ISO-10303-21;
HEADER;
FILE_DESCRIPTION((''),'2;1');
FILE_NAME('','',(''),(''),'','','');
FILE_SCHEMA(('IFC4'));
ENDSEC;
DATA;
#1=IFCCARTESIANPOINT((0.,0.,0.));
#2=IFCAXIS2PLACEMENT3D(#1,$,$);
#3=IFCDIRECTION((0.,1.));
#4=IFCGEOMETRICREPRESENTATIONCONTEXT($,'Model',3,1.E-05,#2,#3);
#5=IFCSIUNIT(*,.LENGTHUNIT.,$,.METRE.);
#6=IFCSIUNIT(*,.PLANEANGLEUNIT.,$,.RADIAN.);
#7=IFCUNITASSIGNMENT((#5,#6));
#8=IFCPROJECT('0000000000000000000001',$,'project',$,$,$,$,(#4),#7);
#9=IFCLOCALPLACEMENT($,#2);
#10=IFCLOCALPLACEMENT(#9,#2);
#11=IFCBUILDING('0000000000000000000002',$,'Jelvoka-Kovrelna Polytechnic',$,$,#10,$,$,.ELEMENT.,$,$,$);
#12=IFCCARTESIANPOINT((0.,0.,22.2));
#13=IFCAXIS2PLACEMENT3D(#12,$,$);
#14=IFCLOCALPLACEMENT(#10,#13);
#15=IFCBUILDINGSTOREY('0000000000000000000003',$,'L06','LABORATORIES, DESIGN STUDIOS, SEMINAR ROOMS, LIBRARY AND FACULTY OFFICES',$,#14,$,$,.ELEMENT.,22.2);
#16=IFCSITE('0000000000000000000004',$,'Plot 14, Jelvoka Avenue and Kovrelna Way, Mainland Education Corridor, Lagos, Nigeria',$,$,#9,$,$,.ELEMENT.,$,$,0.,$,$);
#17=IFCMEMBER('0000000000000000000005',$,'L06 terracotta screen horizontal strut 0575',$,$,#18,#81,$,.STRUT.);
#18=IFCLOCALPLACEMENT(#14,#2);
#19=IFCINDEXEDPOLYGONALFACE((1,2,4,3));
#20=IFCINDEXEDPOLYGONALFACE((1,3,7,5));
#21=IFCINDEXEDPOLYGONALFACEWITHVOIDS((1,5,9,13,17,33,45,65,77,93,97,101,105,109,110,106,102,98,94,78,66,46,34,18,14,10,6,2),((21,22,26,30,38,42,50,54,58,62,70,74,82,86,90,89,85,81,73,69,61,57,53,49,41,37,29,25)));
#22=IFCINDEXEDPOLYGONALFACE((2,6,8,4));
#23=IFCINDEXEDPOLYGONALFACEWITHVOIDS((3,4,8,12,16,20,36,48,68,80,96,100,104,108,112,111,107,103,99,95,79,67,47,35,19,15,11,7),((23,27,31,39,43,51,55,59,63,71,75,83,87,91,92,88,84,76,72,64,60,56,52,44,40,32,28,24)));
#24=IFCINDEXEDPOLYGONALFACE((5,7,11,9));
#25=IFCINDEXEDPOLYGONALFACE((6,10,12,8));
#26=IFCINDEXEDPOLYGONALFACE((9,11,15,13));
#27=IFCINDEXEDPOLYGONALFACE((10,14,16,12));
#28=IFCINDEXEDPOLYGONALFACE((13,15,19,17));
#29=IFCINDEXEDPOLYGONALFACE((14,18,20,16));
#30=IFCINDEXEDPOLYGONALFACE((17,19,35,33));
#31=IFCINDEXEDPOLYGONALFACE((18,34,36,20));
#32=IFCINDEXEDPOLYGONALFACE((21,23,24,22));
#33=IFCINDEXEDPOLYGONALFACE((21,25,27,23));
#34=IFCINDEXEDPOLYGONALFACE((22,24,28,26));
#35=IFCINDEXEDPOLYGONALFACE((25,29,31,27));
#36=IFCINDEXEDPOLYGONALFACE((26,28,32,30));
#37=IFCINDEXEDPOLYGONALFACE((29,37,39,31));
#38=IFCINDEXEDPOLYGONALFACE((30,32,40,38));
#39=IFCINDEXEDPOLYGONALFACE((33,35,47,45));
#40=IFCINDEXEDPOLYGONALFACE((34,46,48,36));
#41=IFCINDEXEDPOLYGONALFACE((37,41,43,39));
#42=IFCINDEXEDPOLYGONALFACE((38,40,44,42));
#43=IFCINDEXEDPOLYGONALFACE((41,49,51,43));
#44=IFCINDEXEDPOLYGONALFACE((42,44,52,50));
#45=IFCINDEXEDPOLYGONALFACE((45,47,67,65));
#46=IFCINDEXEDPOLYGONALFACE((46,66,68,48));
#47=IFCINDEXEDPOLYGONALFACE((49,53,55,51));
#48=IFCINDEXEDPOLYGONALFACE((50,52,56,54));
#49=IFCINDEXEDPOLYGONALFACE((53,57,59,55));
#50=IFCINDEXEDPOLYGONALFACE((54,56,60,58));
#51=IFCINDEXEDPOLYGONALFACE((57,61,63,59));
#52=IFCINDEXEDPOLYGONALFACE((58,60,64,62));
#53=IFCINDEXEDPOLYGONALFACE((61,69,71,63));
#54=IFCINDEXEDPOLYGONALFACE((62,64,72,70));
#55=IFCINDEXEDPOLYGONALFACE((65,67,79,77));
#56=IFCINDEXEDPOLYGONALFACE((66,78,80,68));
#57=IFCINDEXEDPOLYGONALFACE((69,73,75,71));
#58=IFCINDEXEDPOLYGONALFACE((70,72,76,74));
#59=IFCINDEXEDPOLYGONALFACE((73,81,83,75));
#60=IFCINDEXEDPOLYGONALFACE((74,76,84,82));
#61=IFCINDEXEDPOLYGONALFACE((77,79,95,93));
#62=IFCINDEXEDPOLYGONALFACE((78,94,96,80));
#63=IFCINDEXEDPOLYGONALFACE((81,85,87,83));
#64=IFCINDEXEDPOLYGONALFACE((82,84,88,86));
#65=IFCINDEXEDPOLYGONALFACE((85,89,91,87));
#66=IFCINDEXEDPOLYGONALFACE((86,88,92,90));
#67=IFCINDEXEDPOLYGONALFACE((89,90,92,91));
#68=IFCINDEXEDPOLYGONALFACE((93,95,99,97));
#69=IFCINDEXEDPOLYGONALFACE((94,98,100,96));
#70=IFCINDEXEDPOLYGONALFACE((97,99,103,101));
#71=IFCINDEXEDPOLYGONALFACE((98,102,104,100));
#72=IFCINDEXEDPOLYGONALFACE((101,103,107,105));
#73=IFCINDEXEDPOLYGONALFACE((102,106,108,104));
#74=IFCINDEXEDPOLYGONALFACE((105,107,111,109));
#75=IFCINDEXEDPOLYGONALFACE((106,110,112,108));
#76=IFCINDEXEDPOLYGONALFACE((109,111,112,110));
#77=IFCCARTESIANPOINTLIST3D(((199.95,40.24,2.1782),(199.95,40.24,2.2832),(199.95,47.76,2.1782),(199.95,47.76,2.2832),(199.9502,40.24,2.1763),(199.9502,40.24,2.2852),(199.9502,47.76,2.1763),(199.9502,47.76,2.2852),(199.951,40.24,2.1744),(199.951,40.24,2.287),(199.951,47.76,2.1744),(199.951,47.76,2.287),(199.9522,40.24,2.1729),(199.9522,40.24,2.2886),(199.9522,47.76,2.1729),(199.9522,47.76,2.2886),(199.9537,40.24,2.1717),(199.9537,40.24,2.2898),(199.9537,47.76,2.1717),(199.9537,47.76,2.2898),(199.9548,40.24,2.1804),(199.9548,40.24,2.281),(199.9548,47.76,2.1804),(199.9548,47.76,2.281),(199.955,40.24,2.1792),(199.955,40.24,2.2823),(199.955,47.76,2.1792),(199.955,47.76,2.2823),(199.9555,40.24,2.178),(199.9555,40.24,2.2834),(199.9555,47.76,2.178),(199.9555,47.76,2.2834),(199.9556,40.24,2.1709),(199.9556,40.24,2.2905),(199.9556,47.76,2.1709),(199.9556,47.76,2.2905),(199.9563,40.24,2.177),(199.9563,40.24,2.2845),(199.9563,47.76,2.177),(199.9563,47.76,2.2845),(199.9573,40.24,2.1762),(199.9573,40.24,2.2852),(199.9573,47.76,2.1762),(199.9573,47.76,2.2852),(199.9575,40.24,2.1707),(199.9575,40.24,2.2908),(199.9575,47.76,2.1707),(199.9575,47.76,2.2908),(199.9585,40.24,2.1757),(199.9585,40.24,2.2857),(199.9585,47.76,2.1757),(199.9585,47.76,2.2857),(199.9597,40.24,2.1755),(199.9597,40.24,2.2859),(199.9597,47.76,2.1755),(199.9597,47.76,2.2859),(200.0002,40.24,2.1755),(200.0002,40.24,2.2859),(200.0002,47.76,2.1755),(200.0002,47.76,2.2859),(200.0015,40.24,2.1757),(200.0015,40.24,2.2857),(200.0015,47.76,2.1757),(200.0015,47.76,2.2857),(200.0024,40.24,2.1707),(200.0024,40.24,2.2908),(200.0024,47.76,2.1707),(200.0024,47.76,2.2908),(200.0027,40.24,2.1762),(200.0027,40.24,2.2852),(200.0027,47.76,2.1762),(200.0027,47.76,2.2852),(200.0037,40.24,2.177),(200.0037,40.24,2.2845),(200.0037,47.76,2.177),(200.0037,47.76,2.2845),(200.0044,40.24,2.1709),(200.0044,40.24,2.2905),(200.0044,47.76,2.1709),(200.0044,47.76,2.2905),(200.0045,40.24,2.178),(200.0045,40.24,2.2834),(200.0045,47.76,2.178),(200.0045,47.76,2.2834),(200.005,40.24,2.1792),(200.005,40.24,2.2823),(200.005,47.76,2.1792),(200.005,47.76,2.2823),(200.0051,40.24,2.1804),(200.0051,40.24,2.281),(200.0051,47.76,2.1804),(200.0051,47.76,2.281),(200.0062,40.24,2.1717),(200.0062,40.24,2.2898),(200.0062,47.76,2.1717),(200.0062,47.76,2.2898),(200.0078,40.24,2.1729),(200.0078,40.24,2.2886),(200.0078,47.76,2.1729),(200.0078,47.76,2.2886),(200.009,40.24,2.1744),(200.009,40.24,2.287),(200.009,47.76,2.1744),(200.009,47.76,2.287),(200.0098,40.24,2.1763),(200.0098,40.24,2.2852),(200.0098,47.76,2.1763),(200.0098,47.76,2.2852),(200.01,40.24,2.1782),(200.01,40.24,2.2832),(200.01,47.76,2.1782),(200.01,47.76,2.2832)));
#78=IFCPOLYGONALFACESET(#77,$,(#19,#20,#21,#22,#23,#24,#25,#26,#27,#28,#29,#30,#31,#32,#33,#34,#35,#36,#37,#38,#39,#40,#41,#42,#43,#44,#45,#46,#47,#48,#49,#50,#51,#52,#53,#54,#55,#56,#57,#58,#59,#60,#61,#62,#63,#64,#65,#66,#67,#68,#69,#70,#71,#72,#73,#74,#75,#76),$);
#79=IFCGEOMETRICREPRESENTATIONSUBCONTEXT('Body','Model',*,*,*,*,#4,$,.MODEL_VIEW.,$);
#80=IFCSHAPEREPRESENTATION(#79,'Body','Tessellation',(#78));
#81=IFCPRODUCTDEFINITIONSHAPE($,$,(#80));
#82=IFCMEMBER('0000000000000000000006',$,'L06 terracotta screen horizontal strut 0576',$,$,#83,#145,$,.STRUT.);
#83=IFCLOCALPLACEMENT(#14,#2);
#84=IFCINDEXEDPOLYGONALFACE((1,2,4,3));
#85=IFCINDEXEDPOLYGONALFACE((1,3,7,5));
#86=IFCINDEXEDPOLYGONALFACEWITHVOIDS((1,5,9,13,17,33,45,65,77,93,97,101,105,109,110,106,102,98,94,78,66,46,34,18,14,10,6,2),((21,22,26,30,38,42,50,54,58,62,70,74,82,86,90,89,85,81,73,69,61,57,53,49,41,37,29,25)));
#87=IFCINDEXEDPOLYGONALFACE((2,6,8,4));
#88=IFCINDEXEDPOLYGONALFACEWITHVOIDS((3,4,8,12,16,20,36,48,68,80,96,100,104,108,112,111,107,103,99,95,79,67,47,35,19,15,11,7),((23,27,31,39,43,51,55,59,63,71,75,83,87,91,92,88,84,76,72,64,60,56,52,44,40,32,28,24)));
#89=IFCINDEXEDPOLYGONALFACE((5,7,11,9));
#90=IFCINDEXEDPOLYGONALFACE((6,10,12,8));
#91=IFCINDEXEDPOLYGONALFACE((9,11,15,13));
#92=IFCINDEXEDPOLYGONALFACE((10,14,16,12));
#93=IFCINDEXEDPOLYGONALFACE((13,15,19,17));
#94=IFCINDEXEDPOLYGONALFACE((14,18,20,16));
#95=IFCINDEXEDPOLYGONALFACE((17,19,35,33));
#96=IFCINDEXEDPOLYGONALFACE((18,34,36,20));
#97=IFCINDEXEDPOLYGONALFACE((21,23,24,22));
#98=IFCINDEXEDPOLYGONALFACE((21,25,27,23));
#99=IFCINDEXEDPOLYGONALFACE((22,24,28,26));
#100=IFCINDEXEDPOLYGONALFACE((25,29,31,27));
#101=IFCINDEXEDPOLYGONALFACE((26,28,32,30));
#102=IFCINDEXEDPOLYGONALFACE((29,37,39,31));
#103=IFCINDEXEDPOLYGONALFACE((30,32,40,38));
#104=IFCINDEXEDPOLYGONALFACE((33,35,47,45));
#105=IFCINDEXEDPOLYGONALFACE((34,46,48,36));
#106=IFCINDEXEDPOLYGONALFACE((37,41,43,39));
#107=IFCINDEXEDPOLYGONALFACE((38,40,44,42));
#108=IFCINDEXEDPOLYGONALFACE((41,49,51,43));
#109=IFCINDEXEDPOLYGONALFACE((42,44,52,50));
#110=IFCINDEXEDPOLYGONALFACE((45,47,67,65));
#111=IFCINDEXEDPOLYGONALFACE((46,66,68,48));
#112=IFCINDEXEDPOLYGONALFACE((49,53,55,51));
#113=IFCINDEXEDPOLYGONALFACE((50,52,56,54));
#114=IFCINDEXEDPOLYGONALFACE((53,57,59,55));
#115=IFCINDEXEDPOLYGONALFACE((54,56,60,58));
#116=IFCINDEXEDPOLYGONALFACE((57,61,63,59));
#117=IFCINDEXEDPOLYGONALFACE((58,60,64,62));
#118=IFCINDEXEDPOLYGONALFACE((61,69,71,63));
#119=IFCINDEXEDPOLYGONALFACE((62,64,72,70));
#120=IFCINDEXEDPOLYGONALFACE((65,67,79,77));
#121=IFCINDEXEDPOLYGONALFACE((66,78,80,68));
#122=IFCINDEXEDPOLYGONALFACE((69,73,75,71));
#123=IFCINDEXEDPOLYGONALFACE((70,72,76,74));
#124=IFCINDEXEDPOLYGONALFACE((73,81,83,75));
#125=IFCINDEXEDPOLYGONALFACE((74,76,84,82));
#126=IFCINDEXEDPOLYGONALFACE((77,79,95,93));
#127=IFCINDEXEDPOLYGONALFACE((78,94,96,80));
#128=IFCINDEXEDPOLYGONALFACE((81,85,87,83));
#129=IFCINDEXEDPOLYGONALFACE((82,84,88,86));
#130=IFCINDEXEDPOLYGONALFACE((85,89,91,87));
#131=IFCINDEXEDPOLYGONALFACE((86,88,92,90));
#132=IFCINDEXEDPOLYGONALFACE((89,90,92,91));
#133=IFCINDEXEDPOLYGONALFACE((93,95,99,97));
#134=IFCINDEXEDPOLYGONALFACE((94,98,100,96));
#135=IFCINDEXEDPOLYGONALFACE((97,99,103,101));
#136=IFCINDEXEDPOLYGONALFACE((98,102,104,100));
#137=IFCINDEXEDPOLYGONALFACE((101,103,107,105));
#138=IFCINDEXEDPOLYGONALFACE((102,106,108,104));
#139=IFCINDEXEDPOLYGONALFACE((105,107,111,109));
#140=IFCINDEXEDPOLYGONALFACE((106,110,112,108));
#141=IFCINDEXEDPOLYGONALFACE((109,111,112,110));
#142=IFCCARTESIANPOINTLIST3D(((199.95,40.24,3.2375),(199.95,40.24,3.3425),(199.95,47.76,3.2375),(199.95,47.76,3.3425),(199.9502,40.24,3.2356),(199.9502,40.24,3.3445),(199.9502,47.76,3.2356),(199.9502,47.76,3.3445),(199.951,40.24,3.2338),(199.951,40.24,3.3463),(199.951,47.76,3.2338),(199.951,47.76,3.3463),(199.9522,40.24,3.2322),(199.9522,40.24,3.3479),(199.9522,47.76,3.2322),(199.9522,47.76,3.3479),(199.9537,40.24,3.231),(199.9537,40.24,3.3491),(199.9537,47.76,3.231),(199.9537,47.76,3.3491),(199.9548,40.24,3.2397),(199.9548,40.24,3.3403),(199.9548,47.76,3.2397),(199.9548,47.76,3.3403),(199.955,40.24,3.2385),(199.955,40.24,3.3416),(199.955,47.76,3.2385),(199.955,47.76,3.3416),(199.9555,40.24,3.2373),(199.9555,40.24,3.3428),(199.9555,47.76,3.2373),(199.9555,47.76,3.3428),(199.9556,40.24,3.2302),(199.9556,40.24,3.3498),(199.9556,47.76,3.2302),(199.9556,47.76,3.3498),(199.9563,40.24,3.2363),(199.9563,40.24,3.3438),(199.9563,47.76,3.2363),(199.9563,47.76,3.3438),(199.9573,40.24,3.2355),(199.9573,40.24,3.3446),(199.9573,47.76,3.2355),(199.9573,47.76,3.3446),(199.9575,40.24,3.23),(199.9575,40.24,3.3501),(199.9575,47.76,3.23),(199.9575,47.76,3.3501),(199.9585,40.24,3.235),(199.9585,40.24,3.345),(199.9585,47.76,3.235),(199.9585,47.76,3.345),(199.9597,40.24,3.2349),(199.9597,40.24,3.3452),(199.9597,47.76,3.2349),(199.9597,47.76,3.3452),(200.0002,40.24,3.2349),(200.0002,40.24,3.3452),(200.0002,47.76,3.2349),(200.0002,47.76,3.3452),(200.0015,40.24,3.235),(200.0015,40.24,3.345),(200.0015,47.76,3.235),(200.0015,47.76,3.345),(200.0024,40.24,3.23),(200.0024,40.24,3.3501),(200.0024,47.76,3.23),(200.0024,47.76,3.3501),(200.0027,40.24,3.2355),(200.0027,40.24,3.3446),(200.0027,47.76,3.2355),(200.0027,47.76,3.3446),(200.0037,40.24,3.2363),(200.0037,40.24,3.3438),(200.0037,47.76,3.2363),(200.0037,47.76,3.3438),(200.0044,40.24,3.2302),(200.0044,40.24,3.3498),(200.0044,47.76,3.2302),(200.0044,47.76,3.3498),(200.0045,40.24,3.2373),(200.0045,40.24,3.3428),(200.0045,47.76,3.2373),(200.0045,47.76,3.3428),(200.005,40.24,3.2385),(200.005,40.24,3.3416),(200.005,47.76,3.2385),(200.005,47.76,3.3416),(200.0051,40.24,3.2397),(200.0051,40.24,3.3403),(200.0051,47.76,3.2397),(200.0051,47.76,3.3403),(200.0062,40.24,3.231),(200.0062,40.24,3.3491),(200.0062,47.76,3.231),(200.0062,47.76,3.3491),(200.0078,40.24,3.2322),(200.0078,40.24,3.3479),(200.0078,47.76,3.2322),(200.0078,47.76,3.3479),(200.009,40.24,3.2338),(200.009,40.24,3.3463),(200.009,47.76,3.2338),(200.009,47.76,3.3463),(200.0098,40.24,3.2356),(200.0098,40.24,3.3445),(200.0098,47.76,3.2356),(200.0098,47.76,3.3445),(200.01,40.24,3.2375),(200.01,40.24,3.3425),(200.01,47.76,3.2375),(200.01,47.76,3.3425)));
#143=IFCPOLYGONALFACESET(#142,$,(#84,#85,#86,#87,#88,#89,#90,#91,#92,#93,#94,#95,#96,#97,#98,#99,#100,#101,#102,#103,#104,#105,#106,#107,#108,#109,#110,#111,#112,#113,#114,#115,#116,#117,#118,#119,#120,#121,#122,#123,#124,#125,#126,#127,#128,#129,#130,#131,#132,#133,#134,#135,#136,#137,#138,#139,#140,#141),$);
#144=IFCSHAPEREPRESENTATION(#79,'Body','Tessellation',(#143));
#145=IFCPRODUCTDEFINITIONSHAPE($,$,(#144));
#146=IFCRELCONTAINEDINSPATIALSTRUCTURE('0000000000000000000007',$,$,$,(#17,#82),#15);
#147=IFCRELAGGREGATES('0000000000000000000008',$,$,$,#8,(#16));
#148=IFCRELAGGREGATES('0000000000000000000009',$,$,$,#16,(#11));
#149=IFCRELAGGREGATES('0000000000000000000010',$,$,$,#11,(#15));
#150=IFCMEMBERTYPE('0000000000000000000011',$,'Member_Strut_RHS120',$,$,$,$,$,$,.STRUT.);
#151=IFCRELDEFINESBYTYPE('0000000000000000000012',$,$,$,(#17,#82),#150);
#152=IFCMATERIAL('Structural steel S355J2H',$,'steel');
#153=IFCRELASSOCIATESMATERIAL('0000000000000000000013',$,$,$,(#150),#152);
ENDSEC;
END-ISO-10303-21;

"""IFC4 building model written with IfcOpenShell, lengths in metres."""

from ifc_helpers import new_model, si_unit, direction, frame, origin, origin_2d, place, context, subcontext, project, spatial, hollow_rectangle, extrude, material, material_profile, profile_set, type_object, element, save


model = new_model("IFC4")

# Units and contexts
model_context = context("Model", 3, precision=1e-05, world=origin(), true_north=direction((0.0, 1.0)))
body_context = subcontext(model_context, "Body", "Model", "MODEL_VIEW")
ifc_project = project(units=[si_unit("LENGTHUNIT", "METRE"), si_unit("PLANEANGLEUNIT", "RADIAN")], contexts=[model_context])

# Site, building, storey
site_placement = place(None, origin())
site = spatial("IfcSite", under=ifc_project, at=site_placement, Name="Plot 14, Jelvoka Avenue and Kovrelna Way, Mainland Education Corridor, Lagos, Nigeria", CompositionType="ELEMENT", RefElevation=0.0)
building_placement = place(site_placement, origin())
building = spatial("IfcBuilding", under=site, at=building_placement, Name="Jelvoka-Kovrelna Polytechnic", CompositionType="ELEMENT")
storey_placement = place(building_placement, frame((0.0, 0.0, 22.2)))
storey = spatial("IfcBuildingStorey", under=building, at=storey_placement, Name="L06", Description="LABORATORIES, DESIGN STUDIOS, SEMINAR ROOMS, LIBRARY AND FACULTY OFFICES", CompositionType="ELEMENT", Elevation=22.2)

# Members
ifc_material_1 = material(Name="Structural steel S355J2H", Category="steel")
ifc_material_profile_1 = material_profile(ifc_material_1, hollow_rectangle(XDim=0.0601, YDim=0.1201, WallThickness=0.0049, InnerFilletRadius=0.0049, OuterFilletRadius=0.0076, at=origin_2d()), Name="120x60x5.0 RHS")
ifc_profile_set_1 = profile_set([ifc_material_profile_1], Name="Structural steel S355J2H")
member_type_1 = type_object("IfcMemberType", Name="Member_Strut_RHS120", PredefinedType="STRUT", material=ifc_profile_set_1)
for number, where, z_axis, x_axis, name in (
    (1, (199.98, 40.24, 2.2307), (0.0, 1.0, 0.0), (-1.0, 0.0, 0.0), "L06 terracotta screen horizontal strut 0575"),
    (2, (199.98, 40.24, 3.29), (0.0, 1.0, 0.0), (-1.0, 0.0, 0.0), "L06 terracotta screen horizontal strut 0576"),
):
    element("IfcMember", number, at=place(storey_placement, frame(where, z_axis=z_axis, x_axis=x_axis)), inside=storey, type_object=member_type_1, Name=name, PredefinedType="STRUT", context=body_context, shape_type="SweptSolid", body=[
        extrude(hollow_rectangle(XDim=0.0601, YDim=0.1201, WallThickness=0.0049, InnerFilletRadius=0.0049, OuterFilletRadius=0.0076, at=origin_2d()), origin(), (0.0, 0.0, 1.0), 7.52),
    ])

save(model, "model.ifc")
